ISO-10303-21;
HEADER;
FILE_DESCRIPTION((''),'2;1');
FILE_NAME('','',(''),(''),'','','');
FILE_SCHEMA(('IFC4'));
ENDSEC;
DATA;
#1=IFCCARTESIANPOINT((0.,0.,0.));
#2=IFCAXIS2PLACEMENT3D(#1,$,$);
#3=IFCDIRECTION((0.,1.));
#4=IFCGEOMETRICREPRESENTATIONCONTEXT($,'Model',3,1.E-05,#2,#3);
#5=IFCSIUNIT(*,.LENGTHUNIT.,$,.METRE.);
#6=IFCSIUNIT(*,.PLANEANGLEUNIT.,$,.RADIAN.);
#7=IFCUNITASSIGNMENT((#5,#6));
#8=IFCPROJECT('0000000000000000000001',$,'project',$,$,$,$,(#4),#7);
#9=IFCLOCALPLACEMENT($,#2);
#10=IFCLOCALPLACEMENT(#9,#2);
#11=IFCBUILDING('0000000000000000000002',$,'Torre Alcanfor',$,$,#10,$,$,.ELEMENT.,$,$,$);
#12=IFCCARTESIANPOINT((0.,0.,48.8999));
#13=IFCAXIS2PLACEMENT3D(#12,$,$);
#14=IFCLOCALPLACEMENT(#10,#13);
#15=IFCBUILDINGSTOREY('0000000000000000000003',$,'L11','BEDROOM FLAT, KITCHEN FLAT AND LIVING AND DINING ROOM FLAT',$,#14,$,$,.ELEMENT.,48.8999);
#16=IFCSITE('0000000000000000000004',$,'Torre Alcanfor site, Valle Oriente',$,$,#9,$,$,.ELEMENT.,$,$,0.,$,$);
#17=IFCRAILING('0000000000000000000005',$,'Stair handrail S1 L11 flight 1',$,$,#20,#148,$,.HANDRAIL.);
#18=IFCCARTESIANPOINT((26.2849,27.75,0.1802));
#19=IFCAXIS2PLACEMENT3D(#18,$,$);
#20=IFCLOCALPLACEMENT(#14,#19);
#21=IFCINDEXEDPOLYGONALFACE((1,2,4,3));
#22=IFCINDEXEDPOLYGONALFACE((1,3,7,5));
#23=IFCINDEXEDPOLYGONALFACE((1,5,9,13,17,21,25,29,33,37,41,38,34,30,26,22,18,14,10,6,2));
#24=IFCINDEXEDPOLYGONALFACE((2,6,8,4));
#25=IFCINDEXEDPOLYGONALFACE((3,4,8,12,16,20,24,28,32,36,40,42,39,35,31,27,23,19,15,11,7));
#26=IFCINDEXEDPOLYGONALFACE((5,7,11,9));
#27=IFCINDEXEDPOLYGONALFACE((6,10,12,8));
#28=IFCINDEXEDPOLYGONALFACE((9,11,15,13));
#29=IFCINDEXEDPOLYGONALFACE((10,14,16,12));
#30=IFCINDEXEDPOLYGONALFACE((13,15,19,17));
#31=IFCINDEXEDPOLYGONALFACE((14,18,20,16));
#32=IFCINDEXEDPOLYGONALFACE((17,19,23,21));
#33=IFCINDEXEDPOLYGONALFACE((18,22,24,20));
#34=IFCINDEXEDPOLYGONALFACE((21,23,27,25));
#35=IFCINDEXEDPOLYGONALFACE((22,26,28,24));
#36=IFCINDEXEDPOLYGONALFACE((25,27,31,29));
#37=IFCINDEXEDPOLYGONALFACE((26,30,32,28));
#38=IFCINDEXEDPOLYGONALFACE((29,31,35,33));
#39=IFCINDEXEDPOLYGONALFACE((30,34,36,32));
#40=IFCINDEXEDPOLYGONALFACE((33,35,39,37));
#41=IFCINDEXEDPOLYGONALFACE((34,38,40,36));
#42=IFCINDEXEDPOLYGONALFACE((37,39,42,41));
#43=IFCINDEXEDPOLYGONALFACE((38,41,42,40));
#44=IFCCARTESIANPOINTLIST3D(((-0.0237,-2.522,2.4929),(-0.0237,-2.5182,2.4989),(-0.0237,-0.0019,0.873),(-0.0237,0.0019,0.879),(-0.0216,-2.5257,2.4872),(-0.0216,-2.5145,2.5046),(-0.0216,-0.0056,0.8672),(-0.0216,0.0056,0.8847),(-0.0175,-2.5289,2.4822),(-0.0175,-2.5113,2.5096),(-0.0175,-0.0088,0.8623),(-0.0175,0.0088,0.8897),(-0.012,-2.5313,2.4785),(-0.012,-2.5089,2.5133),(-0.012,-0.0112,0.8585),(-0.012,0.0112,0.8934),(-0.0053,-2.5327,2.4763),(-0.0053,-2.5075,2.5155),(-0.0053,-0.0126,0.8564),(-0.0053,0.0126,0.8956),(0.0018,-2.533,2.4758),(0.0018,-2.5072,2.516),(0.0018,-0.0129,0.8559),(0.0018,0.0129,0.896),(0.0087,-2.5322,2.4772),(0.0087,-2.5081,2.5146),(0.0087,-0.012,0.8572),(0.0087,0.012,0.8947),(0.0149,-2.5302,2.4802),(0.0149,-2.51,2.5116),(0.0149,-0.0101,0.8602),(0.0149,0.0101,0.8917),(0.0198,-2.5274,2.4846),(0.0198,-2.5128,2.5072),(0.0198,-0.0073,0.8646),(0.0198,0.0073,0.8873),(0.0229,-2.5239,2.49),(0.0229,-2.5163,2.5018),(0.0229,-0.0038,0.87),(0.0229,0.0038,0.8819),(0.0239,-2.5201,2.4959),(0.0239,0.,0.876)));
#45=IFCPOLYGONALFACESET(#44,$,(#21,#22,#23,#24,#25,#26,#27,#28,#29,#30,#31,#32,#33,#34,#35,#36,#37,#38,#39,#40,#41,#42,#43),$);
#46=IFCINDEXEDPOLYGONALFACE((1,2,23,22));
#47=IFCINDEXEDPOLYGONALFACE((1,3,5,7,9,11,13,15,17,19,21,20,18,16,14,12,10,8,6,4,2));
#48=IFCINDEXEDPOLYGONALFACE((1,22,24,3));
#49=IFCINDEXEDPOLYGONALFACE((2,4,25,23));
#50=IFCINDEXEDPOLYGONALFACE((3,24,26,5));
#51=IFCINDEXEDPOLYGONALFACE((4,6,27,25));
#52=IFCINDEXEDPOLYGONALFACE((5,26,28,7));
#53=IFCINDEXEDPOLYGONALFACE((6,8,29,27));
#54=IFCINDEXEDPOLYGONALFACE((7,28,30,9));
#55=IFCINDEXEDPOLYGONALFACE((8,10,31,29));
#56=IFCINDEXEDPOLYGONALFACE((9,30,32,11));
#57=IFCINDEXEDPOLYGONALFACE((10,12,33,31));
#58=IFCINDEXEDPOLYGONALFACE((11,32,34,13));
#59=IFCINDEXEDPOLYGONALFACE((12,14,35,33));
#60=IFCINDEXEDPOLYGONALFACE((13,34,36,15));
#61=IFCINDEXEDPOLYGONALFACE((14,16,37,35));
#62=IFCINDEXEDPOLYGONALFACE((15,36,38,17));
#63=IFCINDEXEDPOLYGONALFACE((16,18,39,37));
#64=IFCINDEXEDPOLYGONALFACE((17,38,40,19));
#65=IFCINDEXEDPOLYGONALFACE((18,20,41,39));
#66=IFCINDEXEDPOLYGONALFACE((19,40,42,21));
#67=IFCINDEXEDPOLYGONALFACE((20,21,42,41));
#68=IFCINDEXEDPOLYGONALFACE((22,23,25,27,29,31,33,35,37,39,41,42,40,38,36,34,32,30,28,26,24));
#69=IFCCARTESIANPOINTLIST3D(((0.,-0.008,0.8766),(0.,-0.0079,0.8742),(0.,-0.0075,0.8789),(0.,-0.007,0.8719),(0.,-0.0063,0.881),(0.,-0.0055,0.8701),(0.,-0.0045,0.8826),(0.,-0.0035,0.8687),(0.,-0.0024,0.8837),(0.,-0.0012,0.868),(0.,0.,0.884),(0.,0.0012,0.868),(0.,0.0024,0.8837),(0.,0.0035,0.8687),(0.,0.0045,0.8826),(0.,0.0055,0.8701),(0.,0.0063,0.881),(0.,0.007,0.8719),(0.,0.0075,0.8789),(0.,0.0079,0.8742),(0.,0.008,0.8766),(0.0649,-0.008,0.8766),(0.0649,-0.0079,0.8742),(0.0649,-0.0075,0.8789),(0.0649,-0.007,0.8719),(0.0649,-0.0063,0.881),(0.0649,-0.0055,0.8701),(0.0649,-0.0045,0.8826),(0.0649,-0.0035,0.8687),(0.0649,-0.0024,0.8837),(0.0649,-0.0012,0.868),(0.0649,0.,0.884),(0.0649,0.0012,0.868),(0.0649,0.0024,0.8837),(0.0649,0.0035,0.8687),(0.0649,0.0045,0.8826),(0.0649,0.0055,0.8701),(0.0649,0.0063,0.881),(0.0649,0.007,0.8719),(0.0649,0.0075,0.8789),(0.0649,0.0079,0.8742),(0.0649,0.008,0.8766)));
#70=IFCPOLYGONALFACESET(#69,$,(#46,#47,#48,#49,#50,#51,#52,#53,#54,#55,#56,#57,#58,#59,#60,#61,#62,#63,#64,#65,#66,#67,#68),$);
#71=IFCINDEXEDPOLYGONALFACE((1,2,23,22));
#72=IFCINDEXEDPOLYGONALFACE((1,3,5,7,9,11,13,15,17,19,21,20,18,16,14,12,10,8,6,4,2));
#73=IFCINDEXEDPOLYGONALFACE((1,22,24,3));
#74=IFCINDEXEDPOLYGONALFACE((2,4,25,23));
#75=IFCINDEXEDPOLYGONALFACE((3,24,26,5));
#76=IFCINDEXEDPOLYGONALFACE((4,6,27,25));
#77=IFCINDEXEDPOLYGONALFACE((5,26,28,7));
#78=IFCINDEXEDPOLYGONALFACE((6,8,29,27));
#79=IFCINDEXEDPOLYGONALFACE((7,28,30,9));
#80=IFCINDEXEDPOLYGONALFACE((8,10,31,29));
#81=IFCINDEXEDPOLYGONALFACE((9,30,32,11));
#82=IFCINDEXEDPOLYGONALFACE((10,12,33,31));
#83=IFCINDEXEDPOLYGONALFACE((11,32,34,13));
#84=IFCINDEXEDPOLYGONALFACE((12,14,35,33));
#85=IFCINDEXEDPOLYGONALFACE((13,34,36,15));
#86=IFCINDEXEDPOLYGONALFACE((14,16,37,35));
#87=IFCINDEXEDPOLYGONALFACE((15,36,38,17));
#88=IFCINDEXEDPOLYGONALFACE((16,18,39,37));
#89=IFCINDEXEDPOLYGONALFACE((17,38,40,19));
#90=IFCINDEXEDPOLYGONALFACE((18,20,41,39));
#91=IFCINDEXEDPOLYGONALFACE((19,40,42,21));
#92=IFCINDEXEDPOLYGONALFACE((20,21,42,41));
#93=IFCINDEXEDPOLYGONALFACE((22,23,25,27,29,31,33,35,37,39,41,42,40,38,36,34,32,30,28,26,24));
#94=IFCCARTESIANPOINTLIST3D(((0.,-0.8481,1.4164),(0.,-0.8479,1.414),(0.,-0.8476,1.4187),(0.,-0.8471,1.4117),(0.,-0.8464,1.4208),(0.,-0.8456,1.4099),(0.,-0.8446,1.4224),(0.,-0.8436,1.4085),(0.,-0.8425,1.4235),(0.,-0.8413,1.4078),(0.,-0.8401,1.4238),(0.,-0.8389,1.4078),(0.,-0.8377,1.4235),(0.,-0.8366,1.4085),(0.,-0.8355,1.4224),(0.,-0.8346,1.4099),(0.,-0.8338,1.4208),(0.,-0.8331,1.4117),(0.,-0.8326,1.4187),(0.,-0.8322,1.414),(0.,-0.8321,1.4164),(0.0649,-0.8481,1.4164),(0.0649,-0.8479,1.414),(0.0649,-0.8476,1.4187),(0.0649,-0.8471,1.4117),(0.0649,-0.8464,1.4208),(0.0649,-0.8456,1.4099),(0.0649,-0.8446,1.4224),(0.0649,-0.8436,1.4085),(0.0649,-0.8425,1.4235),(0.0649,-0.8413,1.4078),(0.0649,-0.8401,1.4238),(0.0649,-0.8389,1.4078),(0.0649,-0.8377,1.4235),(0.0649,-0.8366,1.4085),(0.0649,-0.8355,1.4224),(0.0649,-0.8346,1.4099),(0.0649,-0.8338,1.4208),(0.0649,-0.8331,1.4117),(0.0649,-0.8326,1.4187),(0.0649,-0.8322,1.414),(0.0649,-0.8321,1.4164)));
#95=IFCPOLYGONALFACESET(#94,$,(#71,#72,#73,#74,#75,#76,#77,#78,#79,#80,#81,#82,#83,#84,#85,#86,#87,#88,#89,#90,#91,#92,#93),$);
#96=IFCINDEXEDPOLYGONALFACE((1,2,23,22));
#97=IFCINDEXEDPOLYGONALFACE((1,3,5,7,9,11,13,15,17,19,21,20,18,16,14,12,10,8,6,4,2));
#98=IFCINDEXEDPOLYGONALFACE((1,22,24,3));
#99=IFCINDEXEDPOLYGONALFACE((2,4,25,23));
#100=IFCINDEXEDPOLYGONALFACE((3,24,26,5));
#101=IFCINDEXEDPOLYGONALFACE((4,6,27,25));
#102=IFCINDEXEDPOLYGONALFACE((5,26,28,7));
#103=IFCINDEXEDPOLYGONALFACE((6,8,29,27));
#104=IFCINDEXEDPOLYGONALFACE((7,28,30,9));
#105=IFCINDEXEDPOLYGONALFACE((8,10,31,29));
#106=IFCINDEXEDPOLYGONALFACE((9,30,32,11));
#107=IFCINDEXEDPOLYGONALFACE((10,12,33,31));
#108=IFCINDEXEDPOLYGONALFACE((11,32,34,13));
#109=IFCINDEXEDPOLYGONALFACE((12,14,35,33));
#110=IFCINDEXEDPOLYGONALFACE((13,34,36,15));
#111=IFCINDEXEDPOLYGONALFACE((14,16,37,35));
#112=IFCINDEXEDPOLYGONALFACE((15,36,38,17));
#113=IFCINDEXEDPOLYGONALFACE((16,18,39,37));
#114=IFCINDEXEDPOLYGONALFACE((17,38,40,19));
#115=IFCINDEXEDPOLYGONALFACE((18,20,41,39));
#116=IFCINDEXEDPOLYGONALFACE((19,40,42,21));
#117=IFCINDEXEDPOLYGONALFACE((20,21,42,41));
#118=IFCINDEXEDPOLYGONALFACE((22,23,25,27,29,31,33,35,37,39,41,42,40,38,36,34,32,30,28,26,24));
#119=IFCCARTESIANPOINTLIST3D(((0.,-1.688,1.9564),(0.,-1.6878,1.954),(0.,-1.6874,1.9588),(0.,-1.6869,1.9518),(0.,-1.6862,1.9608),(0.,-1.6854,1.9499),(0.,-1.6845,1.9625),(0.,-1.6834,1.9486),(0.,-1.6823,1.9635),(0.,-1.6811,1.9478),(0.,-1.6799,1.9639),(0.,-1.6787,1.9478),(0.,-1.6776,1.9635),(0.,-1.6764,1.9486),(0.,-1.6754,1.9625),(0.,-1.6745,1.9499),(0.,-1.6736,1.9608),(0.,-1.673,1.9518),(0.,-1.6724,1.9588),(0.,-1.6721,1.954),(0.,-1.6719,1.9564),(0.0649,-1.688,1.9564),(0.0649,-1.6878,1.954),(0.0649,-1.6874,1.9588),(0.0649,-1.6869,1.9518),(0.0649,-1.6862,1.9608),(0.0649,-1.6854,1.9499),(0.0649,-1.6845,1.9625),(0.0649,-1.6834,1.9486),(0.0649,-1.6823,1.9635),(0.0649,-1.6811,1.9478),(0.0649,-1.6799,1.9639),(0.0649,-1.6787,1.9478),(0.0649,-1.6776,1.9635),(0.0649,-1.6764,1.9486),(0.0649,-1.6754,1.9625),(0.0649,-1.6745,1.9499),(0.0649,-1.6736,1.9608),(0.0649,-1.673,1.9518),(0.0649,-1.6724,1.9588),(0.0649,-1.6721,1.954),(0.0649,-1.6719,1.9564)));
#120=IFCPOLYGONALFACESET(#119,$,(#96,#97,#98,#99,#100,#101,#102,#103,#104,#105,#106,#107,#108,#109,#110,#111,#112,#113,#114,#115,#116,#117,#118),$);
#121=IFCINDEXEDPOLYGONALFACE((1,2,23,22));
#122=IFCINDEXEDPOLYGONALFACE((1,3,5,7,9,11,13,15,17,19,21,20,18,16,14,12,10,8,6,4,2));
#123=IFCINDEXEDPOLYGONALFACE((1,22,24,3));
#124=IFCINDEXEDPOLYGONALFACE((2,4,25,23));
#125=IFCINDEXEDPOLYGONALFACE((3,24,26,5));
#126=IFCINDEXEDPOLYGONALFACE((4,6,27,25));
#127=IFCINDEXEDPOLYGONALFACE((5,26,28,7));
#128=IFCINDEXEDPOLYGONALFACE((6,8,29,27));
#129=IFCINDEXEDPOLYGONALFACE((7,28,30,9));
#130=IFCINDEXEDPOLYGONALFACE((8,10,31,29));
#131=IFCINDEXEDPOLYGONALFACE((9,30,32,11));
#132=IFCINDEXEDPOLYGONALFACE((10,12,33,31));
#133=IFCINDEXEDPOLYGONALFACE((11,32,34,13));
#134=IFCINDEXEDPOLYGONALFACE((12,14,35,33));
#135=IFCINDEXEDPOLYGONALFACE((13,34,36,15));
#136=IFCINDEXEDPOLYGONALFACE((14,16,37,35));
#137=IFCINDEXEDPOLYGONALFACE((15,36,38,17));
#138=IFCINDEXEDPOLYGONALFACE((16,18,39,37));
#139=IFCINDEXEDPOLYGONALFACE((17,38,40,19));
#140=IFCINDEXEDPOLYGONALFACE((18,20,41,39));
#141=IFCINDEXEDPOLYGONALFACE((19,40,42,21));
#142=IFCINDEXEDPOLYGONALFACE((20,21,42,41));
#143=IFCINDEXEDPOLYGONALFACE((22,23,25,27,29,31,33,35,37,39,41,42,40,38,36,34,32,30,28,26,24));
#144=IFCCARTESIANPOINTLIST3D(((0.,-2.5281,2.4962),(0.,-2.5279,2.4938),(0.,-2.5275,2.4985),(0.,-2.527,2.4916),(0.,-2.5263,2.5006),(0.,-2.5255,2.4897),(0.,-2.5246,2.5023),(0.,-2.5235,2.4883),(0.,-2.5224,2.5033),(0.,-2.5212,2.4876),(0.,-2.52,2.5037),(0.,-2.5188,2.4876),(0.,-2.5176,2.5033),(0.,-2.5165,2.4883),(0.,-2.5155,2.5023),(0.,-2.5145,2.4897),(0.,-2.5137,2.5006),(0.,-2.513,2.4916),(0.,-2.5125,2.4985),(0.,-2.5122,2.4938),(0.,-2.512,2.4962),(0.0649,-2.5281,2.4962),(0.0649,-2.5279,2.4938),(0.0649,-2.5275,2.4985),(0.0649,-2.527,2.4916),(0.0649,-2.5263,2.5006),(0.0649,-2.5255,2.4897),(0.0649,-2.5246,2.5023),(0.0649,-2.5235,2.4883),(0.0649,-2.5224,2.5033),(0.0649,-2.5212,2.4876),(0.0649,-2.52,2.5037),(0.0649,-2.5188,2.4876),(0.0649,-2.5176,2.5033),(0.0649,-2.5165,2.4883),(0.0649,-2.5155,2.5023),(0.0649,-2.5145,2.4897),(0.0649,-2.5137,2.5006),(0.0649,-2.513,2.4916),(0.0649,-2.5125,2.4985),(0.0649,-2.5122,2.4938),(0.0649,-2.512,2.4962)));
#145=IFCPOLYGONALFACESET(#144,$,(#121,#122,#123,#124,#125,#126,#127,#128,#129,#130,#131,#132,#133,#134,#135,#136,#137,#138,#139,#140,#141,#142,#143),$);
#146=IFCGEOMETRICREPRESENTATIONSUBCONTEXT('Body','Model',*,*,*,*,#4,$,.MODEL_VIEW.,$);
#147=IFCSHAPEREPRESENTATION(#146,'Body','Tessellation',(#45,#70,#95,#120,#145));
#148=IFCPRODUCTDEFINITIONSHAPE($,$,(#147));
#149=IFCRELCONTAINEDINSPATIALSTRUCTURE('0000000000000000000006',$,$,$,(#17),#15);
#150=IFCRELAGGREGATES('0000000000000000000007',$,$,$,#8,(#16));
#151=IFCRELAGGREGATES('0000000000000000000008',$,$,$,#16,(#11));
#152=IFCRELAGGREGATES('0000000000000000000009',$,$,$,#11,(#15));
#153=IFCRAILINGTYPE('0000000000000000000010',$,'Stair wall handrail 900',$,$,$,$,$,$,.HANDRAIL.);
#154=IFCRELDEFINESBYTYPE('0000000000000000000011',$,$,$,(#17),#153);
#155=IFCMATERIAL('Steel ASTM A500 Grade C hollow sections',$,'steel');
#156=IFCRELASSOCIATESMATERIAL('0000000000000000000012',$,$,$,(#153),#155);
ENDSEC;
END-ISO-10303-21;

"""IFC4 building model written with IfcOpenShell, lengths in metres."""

from ifc_helpers import new_model, si_unit, direction, frame, origin, origin_2d, place, context, subcontext, project, spatial, circle, extrude, material, type_object, element, save


model = new_model("IFC4")

# Units and contexts
model_context = context("Model", 3, precision=1e-05, world=origin(), true_north=direction((0.0, 1.0)))
body_context = subcontext(model_context, "Body", "Model", "MODEL_VIEW")
ifc_project = project(units=[si_unit("LENGTHUNIT", "METRE"), si_unit("PLANEANGLEUNIT", "RADIAN")], contexts=[model_context])

# Site, building, storey
site_placement = place(None, origin())
site = spatial("IfcSite", under=ifc_project, at=site_placement, Name="Torre Alcanfor site, Valle Oriente", CompositionType="ELEMENT", RefElevation=0.0)
building_placement = place(site_placement, origin())
building = spatial("IfcBuilding", under=site, at=building_placement, Name="Torre Alcanfor", CompositionType="ELEMENT")
storey_placement = place(building_placement, frame((0.0, 0.0, 48.8999)))
storey = spatial("IfcBuildingStorey", under=building, at=storey_placement, Name="L11", Description="BEDROOM FLAT, KITCHEN FLAT AND LIVING AND DINING ROOM FLAT", CompositionType="ELEMENT", Elevation=48.8999)

# Railing
ifc_material_1 = material(Name="Steel ASTM A500 Grade C hollow sections", Category="steel")
railing_type_1 = type_object("IfcRailingType", Name="Stair wall handrail 900", PredefinedType="HANDRAIL", material=ifc_material_1)
railing_1_placement = place(storey_placement, frame((26.2849, 27.75, 0.1802)))
element("IfcRailing", 1, at=railing_1_placement, inside=storey, type_object=railing_type_1, Name="Stair handrail S1 L11 flight 1", PredefinedType="HANDRAIL", context=body_context, shape_type="SweptSolid", body=[
    extrude(circle(Radius=0.0239, at=origin_2d()), frame((0.0, 0.0, 0.876), z_axis=(0.0, -0.8412, 0.540725), x_axis=(1.0, 0.0, 0.0)), (0.0, 0.0, 1.0), 2.9958),
    extrude(circle(Radius=0.0081, at=origin_2d()), frame((0.0, 0.0, 0.876), z_axis=(1.0, 0.0, 0.0), x_axis=(0.0, 0.0, 1.0)), (0.0, 0.0, 1.0), 0.0649),
    extrude(circle(Radius=0.0081, at=origin_2d()), frame((0.0, -0.8401, 1.4158), z_axis=(1.0, 0.0, 0.0), x_axis=(0.0, 0.0, 1.0)), (0.0, 0.0, 1.0), 0.0649),
    extrude(circle(Radius=0.0081, at=origin_2d()), frame((0.0, -1.6799, 1.9558), z_axis=(1.0, 0.0, 0.0), x_axis=(0.0, 0.0, 1.0)), (0.0, 0.0, 1.0), 0.0649),
    extrude(circle(Radius=0.0081, at=origin_2d()), frame((0.0, -2.52, 2.4956), z_axis=(1.0, 0.0, 0.0), x_axis=(0.0, 0.0, 1.0)), (0.0, 0.0, 1.0), 0.0649),
])

save(model, "model.ifc")
